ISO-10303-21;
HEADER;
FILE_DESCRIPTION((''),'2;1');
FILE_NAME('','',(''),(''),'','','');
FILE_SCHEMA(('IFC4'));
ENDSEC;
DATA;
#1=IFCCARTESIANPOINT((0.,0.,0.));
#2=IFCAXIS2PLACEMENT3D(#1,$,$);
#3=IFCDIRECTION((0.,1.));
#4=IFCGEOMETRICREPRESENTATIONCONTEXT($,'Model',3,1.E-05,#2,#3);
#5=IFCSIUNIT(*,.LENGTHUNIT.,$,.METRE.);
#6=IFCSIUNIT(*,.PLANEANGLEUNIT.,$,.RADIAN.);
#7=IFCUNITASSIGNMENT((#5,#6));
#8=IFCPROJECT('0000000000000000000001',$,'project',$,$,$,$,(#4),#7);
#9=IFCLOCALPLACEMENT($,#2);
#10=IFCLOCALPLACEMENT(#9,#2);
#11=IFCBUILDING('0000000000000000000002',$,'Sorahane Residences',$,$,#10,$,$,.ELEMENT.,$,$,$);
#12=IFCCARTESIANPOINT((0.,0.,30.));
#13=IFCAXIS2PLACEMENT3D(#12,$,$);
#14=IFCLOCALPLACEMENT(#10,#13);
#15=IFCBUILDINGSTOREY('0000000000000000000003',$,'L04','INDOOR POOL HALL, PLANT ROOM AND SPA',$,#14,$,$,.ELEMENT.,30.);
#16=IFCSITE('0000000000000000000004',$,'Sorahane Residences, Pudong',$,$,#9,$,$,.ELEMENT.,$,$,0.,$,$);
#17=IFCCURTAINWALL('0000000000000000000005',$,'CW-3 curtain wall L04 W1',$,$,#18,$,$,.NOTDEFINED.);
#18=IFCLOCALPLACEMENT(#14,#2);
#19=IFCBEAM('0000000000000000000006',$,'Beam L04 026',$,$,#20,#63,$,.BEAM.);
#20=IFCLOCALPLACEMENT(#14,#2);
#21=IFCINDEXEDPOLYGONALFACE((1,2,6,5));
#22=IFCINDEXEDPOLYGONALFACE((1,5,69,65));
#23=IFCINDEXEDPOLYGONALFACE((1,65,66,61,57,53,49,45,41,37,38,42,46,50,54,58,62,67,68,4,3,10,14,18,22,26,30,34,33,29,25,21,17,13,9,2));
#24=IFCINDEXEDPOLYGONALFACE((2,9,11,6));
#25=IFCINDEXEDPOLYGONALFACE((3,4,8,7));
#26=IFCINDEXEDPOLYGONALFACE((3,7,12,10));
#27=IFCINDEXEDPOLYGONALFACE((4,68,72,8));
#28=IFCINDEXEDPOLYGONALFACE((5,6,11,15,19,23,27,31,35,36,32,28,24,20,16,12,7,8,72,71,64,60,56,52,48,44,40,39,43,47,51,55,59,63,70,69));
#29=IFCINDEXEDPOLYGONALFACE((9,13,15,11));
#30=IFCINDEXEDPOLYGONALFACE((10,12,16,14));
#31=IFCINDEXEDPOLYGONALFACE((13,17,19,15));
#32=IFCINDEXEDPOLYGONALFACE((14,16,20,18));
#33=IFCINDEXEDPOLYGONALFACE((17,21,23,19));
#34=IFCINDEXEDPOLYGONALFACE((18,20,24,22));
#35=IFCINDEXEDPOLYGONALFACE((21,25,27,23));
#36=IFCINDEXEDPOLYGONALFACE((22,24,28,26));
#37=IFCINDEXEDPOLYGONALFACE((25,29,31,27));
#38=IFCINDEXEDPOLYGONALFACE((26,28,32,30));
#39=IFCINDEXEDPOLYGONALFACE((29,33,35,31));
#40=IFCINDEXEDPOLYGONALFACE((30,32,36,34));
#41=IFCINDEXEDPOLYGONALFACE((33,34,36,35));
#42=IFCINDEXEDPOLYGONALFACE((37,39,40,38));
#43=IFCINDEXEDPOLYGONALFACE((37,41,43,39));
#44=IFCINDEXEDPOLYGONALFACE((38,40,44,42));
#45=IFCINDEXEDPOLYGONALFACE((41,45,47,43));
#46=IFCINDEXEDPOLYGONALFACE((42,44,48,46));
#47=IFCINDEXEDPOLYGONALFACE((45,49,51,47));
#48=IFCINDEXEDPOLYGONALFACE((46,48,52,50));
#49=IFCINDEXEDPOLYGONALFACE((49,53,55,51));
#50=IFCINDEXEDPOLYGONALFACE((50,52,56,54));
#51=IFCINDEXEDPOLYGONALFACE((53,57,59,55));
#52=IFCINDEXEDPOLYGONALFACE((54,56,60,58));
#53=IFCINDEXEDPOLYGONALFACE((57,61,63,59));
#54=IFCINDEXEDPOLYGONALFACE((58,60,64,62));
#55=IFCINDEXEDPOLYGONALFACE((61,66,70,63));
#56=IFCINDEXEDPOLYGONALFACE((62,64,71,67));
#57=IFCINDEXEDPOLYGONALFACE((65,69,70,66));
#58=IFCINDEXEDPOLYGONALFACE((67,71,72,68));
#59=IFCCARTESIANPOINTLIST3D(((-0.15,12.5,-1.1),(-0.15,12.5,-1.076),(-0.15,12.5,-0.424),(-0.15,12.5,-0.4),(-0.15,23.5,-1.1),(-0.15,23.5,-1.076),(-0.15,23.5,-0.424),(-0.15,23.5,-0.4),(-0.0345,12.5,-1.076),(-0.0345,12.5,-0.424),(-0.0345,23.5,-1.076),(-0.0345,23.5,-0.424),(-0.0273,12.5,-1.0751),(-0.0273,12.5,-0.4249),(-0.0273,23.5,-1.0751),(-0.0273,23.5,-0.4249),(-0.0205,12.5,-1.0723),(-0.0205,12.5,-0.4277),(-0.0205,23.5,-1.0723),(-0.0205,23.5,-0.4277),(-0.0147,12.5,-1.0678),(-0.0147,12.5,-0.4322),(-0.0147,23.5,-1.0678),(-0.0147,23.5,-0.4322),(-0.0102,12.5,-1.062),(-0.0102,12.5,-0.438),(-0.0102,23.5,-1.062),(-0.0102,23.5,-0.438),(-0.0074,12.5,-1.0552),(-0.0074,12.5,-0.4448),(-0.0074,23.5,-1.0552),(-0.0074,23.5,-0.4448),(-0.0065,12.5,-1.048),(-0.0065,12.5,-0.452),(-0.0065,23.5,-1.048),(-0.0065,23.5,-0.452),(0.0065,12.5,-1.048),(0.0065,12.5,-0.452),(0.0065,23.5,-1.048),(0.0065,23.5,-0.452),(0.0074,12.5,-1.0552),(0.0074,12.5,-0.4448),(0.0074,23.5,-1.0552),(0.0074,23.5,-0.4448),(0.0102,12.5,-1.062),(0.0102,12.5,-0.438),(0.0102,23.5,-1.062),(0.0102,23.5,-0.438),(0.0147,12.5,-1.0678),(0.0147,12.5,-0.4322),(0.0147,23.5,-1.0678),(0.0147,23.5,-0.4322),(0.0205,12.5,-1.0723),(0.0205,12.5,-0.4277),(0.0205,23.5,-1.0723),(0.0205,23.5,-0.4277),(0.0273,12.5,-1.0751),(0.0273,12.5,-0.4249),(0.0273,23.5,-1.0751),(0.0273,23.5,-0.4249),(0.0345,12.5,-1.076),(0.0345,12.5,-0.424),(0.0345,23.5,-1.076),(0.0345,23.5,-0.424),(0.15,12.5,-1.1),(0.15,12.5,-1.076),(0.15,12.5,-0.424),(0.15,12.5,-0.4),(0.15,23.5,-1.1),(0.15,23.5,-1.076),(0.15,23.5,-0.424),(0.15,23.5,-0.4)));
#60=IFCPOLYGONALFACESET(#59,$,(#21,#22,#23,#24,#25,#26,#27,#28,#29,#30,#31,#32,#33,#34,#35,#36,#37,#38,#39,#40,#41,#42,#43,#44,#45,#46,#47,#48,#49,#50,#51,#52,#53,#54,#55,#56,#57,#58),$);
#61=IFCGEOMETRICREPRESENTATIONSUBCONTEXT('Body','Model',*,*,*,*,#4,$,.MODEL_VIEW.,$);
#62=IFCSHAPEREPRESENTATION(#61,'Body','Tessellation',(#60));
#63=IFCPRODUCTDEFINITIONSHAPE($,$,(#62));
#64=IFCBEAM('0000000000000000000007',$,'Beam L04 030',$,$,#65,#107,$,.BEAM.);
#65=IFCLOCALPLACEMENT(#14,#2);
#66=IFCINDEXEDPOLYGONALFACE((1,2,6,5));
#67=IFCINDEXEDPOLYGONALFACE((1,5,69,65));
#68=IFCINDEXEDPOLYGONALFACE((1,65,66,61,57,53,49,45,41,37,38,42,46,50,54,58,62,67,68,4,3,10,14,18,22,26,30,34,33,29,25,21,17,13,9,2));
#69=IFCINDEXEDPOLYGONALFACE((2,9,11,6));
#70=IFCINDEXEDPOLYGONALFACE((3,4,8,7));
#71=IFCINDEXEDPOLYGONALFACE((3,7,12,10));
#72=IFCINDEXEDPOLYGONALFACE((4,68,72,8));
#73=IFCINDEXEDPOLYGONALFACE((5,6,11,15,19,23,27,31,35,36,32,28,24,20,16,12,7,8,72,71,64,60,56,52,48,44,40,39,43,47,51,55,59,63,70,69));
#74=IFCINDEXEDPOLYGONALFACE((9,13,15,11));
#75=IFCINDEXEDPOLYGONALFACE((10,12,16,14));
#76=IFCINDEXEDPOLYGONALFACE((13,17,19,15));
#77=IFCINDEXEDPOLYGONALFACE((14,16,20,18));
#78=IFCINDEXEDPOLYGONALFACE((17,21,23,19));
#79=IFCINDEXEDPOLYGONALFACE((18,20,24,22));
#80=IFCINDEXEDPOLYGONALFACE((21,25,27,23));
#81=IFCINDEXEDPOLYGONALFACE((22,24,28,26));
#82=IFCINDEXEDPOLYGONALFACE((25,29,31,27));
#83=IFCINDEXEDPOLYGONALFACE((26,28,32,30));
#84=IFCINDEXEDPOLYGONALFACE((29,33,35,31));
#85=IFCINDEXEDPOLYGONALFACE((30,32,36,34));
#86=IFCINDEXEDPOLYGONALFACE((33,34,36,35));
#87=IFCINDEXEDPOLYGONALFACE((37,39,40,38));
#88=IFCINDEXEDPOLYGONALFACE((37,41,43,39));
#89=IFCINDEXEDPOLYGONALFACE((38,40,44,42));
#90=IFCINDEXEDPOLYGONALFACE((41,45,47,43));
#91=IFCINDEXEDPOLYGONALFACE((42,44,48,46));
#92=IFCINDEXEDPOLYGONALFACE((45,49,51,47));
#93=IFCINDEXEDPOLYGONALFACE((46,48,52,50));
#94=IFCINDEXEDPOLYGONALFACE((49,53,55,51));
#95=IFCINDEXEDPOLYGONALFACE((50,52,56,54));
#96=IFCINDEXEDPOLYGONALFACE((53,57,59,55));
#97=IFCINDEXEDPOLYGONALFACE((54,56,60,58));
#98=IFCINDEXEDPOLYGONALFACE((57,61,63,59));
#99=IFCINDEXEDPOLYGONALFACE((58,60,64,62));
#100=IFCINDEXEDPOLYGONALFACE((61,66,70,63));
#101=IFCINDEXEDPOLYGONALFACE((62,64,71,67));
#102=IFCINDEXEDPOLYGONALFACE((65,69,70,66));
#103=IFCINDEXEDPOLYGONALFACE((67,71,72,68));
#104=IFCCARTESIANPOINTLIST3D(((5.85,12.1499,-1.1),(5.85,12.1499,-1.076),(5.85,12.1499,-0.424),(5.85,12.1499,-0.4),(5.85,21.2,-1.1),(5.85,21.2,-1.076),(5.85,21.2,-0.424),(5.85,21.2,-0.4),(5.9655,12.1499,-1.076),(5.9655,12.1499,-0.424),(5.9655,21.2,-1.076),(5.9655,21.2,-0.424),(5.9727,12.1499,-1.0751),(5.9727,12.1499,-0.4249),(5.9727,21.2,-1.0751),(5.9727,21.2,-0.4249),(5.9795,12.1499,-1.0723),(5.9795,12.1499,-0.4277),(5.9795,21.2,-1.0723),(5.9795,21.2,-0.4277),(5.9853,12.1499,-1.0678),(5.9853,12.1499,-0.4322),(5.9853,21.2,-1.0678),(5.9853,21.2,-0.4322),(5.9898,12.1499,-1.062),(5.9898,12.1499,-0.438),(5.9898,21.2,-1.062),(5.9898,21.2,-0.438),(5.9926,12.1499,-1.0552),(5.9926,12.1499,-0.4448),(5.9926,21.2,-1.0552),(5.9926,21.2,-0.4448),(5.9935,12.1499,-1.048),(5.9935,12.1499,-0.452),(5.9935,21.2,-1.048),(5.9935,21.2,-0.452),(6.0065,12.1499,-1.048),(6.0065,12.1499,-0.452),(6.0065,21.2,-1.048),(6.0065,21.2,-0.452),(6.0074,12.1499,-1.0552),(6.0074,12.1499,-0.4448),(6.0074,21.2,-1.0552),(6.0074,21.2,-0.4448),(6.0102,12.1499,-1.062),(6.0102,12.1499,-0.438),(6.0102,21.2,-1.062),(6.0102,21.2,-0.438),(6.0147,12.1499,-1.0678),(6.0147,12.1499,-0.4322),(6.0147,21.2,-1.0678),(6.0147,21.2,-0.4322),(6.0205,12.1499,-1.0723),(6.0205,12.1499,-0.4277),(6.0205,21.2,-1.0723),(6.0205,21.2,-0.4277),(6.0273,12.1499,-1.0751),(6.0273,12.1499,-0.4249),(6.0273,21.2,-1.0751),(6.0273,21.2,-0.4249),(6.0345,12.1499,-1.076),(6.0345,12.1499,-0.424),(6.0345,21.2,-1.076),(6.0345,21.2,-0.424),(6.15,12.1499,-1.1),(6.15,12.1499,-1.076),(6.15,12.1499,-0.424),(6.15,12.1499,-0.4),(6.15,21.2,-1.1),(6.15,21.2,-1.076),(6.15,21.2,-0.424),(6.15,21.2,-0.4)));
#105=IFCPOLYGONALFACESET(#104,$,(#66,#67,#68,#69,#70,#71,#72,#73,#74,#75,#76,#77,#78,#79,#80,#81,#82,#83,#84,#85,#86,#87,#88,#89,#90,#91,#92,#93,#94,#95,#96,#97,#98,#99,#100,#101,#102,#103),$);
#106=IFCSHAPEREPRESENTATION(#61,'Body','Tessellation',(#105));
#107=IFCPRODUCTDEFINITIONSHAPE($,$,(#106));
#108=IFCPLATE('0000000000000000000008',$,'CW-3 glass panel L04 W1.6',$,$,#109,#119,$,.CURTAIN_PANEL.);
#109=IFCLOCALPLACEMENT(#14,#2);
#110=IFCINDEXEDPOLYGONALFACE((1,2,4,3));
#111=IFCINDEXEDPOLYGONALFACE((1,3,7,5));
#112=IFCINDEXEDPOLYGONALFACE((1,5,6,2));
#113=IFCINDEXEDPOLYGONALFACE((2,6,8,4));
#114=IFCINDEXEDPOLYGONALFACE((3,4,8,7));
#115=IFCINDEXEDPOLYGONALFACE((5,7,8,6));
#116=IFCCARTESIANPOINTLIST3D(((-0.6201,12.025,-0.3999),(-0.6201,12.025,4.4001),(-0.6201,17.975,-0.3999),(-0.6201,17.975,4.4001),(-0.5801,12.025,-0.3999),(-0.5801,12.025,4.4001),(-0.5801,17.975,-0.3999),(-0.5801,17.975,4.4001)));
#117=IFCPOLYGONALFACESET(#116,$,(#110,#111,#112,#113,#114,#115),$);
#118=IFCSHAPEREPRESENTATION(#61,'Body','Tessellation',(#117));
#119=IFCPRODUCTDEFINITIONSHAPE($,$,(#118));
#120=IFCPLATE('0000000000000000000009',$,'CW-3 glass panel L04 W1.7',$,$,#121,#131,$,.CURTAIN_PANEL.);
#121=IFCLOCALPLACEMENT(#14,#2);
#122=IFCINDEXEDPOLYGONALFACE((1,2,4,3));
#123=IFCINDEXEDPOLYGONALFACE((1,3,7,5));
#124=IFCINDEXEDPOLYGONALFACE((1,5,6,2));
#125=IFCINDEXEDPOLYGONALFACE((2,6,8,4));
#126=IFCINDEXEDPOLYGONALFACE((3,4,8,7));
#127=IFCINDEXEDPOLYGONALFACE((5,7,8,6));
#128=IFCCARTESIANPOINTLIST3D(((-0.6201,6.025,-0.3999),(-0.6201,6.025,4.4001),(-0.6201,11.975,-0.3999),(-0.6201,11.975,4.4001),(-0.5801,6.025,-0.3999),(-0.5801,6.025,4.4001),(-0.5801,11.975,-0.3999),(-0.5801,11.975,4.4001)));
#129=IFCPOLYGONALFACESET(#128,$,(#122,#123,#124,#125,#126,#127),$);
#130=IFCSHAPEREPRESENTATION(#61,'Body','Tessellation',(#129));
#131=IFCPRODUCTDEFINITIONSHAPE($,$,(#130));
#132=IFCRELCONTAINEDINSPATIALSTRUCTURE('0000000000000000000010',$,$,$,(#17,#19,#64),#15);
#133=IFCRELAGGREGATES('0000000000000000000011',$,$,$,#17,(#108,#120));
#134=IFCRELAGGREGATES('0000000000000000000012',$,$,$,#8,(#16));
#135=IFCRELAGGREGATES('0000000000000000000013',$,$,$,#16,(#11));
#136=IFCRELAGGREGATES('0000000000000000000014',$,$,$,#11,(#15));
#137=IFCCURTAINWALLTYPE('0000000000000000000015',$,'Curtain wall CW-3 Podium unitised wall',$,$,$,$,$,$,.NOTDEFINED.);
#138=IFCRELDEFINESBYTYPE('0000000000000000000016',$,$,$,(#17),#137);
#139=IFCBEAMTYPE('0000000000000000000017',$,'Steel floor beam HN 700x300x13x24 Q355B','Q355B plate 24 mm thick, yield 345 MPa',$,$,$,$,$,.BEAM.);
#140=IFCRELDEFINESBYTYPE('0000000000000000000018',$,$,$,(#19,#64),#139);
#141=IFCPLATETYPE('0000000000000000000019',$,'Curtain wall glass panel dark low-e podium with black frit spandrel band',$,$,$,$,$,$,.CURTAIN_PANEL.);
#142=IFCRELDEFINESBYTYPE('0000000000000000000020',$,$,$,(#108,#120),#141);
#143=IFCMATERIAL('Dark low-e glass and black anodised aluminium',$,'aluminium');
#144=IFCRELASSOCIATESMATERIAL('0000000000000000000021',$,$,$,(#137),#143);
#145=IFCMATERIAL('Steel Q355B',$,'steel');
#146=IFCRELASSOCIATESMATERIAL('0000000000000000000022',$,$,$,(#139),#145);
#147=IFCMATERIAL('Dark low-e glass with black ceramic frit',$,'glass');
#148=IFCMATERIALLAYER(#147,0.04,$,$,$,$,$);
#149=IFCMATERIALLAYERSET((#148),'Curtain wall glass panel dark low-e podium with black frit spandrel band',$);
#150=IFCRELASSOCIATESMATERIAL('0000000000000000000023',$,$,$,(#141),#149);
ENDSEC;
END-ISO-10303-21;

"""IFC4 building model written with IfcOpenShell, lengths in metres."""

from ifc_helpers import new_model, si_unit, direction, frame, origin, origin_2d, place, context, subcontext, project, spatial, rectangle, i_section, extrude, material, layer, layer_set, material_profile, profile_set, type_object, element, aggregate, save


model = new_model("IFC4")

# Units and contexts
model_context = context("Model", 3, precision=1e-05, world=origin(), true_north=direction((0.0, 1.0)))
body_context = subcontext(model_context, "Body", "Model", "MODEL_VIEW")
ifc_project = project(units=[si_unit("LENGTHUNIT", "METRE"), si_unit("PLANEANGLEUNIT", "RADIAN")], contexts=[model_context])

# Site, building, storey
site_placement = place(None, origin())
site = spatial("IfcSite", under=ifc_project, at=site_placement, Name="Sorahane Residences, Pudong", CompositionType="ELEMENT", RefElevation=0.0)
building_placement = place(site_placement, origin())
building = spatial("IfcBuilding", under=site, at=building_placement, Name="Sorahane Residences", CompositionType="ELEMENT")
storey_placement = place(building_placement, frame((0.0, 0.0, 30.0)))
storey = spatial("IfcBuildingStorey", under=building, at=storey_placement, Name="L04", Description="INDOOR POOL HALL, PLANT ROOM AND SPA", CompositionType="ELEMENT", Elevation=30.0)

# Curtain wall
ifc_material_1 = material(Name="Dark low-e glass and black anodised aluminium", Category="aluminium")
curtain_wall_type = type_object("IfcCurtainWallType", Name="Curtain wall CW-3 Podium unitised wall", PredefinedType="NOTDEFINED", material=ifc_material_1)
curtain_wall_placement = place(storey_placement, origin())
curtain_wall = element("IfcCurtainWall", 1, at=curtain_wall_placement, inside=storey, type_object=curtain_wall_type, Name="CW-3 curtain wall L04 W1", PredefinedType="NOTDEFINED")

# Beams
ifc_material_2 = material(Name="Steel Q355B", Category="steel")
ifc_material_profile_1 = material_profile(ifc_material_2, i_section(OverallWidth=0.3, OverallDepth=0.7, WebThickness=0.0129, FlangeThickness=0.0239, FilletRadius=0.0281, at=origin_2d()), Name="HN 700x300x13x24")
ifc_profile_set_1 = profile_set([ifc_material_profile_1], Name="Steel Q355B")
beam_type_1 = type_object("IfcBeamType", Name="Steel floor beam HN 700x300x13x24 Q355B", Description="Q355B plate 24 mm thick, yield 345 MPa", PredefinedType="BEAM", material=ifc_profile_set_1)
beam_1_placement = place(storey_placement, frame((0.0, 12.5, -0.75), z_axis=(0.0, 1.0, 0.0), x_axis=(-1.0, 0.0, 0.0)))
element("IfcBeam", 2, at=beam_1_placement, inside=storey, type_object=beam_type_1, Name="Beam L04 026", PredefinedType="BEAM", context=body_context, shape_type="SweptSolid", body=[
    extrude(i_section(OverallWidth=0.3, OverallDepth=0.7, WebThickness=0.0129, FlangeThickness=0.0239, FilletRadius=0.0281, at=origin_2d()), origin(), (0.0, 0.0, 1.0), 11.0),
])
beam_2_placement = place(storey_placement, frame((6.0, 12.1499, -0.75), z_axis=(0.0, 1.0, 0.0), x_axis=(-1.0, 0.0, 0.0)))
element("IfcBeam", 3, at=beam_2_placement, inside=storey, type_object=beam_type_1, Name="Beam L04 030", PredefinedType="BEAM", context=body_context, shape_type="SweptSolid", body=[
    extrude(i_section(OverallWidth=0.3, OverallDepth=0.7, WebThickness=0.0129, FlangeThickness=0.0239, FilletRadius=0.0281, at=origin_2d()), origin(), (0.0, 0.0, 1.0), 9.05),
])

# Plates
ifc_material_3 = material(Name="Dark low-e glass with black ceramic frit", Category="glass")
ifc_layer_1 = layer(ifc_material_3, 0.04)
ifc_layer_set_1 = layer_set([ifc_layer_1], Name="Curtain wall glass panel dark low-e podium with black frit spandrel band")
plate_type = type_object("IfcPlateType", Name="Curtain wall glass panel dark low-e podium with black frit spandrel band", PredefinedType="CURTAIN_PANEL", material=ifc_layer_set_1)
plate_1_placement = place(storey_placement, frame((-0.6001, 15.0, -0.3999), z_axis=(0.0, 0.0, 1.0), x_axis=(0.0, -1.0, 0.0)))
plate_1 = element("IfcPlate", 4, at=plate_1_placement, type_object=plate_type, Name="CW-3 glass panel L04 W1.6", PredefinedType="CURTAIN_PANEL", context=body_context, shape_type="SweptSolid", body=[
    extrude(rectangle(XDim=5.95, YDim=0.04, at=origin_2d()), origin(), (0.0, 0.0, 1.0), 4.8),
])
plate_2_placement = place(storey_placement, frame((-0.6001, 9.0, -0.3999), z_axis=(0.0, 0.0, 1.0), x_axis=(0.0, -1.0, 0.0)))
plate_2 = element("IfcPlate", 5, at=plate_2_placement, type_object=plate_type, Name="CW-3 glass panel L04 W1.7", PredefinedType="CURTAIN_PANEL", context=body_context, shape_type="SweptSolid", body=[
    extrude(rectangle(XDim=5.95, YDim=0.04, at=origin_2d()), origin(), (0.0, 0.0, 1.0), 4.8),
])
aggregate(curtain_wall, [plate_1, plate_2])

save(model, "model.ifc")
